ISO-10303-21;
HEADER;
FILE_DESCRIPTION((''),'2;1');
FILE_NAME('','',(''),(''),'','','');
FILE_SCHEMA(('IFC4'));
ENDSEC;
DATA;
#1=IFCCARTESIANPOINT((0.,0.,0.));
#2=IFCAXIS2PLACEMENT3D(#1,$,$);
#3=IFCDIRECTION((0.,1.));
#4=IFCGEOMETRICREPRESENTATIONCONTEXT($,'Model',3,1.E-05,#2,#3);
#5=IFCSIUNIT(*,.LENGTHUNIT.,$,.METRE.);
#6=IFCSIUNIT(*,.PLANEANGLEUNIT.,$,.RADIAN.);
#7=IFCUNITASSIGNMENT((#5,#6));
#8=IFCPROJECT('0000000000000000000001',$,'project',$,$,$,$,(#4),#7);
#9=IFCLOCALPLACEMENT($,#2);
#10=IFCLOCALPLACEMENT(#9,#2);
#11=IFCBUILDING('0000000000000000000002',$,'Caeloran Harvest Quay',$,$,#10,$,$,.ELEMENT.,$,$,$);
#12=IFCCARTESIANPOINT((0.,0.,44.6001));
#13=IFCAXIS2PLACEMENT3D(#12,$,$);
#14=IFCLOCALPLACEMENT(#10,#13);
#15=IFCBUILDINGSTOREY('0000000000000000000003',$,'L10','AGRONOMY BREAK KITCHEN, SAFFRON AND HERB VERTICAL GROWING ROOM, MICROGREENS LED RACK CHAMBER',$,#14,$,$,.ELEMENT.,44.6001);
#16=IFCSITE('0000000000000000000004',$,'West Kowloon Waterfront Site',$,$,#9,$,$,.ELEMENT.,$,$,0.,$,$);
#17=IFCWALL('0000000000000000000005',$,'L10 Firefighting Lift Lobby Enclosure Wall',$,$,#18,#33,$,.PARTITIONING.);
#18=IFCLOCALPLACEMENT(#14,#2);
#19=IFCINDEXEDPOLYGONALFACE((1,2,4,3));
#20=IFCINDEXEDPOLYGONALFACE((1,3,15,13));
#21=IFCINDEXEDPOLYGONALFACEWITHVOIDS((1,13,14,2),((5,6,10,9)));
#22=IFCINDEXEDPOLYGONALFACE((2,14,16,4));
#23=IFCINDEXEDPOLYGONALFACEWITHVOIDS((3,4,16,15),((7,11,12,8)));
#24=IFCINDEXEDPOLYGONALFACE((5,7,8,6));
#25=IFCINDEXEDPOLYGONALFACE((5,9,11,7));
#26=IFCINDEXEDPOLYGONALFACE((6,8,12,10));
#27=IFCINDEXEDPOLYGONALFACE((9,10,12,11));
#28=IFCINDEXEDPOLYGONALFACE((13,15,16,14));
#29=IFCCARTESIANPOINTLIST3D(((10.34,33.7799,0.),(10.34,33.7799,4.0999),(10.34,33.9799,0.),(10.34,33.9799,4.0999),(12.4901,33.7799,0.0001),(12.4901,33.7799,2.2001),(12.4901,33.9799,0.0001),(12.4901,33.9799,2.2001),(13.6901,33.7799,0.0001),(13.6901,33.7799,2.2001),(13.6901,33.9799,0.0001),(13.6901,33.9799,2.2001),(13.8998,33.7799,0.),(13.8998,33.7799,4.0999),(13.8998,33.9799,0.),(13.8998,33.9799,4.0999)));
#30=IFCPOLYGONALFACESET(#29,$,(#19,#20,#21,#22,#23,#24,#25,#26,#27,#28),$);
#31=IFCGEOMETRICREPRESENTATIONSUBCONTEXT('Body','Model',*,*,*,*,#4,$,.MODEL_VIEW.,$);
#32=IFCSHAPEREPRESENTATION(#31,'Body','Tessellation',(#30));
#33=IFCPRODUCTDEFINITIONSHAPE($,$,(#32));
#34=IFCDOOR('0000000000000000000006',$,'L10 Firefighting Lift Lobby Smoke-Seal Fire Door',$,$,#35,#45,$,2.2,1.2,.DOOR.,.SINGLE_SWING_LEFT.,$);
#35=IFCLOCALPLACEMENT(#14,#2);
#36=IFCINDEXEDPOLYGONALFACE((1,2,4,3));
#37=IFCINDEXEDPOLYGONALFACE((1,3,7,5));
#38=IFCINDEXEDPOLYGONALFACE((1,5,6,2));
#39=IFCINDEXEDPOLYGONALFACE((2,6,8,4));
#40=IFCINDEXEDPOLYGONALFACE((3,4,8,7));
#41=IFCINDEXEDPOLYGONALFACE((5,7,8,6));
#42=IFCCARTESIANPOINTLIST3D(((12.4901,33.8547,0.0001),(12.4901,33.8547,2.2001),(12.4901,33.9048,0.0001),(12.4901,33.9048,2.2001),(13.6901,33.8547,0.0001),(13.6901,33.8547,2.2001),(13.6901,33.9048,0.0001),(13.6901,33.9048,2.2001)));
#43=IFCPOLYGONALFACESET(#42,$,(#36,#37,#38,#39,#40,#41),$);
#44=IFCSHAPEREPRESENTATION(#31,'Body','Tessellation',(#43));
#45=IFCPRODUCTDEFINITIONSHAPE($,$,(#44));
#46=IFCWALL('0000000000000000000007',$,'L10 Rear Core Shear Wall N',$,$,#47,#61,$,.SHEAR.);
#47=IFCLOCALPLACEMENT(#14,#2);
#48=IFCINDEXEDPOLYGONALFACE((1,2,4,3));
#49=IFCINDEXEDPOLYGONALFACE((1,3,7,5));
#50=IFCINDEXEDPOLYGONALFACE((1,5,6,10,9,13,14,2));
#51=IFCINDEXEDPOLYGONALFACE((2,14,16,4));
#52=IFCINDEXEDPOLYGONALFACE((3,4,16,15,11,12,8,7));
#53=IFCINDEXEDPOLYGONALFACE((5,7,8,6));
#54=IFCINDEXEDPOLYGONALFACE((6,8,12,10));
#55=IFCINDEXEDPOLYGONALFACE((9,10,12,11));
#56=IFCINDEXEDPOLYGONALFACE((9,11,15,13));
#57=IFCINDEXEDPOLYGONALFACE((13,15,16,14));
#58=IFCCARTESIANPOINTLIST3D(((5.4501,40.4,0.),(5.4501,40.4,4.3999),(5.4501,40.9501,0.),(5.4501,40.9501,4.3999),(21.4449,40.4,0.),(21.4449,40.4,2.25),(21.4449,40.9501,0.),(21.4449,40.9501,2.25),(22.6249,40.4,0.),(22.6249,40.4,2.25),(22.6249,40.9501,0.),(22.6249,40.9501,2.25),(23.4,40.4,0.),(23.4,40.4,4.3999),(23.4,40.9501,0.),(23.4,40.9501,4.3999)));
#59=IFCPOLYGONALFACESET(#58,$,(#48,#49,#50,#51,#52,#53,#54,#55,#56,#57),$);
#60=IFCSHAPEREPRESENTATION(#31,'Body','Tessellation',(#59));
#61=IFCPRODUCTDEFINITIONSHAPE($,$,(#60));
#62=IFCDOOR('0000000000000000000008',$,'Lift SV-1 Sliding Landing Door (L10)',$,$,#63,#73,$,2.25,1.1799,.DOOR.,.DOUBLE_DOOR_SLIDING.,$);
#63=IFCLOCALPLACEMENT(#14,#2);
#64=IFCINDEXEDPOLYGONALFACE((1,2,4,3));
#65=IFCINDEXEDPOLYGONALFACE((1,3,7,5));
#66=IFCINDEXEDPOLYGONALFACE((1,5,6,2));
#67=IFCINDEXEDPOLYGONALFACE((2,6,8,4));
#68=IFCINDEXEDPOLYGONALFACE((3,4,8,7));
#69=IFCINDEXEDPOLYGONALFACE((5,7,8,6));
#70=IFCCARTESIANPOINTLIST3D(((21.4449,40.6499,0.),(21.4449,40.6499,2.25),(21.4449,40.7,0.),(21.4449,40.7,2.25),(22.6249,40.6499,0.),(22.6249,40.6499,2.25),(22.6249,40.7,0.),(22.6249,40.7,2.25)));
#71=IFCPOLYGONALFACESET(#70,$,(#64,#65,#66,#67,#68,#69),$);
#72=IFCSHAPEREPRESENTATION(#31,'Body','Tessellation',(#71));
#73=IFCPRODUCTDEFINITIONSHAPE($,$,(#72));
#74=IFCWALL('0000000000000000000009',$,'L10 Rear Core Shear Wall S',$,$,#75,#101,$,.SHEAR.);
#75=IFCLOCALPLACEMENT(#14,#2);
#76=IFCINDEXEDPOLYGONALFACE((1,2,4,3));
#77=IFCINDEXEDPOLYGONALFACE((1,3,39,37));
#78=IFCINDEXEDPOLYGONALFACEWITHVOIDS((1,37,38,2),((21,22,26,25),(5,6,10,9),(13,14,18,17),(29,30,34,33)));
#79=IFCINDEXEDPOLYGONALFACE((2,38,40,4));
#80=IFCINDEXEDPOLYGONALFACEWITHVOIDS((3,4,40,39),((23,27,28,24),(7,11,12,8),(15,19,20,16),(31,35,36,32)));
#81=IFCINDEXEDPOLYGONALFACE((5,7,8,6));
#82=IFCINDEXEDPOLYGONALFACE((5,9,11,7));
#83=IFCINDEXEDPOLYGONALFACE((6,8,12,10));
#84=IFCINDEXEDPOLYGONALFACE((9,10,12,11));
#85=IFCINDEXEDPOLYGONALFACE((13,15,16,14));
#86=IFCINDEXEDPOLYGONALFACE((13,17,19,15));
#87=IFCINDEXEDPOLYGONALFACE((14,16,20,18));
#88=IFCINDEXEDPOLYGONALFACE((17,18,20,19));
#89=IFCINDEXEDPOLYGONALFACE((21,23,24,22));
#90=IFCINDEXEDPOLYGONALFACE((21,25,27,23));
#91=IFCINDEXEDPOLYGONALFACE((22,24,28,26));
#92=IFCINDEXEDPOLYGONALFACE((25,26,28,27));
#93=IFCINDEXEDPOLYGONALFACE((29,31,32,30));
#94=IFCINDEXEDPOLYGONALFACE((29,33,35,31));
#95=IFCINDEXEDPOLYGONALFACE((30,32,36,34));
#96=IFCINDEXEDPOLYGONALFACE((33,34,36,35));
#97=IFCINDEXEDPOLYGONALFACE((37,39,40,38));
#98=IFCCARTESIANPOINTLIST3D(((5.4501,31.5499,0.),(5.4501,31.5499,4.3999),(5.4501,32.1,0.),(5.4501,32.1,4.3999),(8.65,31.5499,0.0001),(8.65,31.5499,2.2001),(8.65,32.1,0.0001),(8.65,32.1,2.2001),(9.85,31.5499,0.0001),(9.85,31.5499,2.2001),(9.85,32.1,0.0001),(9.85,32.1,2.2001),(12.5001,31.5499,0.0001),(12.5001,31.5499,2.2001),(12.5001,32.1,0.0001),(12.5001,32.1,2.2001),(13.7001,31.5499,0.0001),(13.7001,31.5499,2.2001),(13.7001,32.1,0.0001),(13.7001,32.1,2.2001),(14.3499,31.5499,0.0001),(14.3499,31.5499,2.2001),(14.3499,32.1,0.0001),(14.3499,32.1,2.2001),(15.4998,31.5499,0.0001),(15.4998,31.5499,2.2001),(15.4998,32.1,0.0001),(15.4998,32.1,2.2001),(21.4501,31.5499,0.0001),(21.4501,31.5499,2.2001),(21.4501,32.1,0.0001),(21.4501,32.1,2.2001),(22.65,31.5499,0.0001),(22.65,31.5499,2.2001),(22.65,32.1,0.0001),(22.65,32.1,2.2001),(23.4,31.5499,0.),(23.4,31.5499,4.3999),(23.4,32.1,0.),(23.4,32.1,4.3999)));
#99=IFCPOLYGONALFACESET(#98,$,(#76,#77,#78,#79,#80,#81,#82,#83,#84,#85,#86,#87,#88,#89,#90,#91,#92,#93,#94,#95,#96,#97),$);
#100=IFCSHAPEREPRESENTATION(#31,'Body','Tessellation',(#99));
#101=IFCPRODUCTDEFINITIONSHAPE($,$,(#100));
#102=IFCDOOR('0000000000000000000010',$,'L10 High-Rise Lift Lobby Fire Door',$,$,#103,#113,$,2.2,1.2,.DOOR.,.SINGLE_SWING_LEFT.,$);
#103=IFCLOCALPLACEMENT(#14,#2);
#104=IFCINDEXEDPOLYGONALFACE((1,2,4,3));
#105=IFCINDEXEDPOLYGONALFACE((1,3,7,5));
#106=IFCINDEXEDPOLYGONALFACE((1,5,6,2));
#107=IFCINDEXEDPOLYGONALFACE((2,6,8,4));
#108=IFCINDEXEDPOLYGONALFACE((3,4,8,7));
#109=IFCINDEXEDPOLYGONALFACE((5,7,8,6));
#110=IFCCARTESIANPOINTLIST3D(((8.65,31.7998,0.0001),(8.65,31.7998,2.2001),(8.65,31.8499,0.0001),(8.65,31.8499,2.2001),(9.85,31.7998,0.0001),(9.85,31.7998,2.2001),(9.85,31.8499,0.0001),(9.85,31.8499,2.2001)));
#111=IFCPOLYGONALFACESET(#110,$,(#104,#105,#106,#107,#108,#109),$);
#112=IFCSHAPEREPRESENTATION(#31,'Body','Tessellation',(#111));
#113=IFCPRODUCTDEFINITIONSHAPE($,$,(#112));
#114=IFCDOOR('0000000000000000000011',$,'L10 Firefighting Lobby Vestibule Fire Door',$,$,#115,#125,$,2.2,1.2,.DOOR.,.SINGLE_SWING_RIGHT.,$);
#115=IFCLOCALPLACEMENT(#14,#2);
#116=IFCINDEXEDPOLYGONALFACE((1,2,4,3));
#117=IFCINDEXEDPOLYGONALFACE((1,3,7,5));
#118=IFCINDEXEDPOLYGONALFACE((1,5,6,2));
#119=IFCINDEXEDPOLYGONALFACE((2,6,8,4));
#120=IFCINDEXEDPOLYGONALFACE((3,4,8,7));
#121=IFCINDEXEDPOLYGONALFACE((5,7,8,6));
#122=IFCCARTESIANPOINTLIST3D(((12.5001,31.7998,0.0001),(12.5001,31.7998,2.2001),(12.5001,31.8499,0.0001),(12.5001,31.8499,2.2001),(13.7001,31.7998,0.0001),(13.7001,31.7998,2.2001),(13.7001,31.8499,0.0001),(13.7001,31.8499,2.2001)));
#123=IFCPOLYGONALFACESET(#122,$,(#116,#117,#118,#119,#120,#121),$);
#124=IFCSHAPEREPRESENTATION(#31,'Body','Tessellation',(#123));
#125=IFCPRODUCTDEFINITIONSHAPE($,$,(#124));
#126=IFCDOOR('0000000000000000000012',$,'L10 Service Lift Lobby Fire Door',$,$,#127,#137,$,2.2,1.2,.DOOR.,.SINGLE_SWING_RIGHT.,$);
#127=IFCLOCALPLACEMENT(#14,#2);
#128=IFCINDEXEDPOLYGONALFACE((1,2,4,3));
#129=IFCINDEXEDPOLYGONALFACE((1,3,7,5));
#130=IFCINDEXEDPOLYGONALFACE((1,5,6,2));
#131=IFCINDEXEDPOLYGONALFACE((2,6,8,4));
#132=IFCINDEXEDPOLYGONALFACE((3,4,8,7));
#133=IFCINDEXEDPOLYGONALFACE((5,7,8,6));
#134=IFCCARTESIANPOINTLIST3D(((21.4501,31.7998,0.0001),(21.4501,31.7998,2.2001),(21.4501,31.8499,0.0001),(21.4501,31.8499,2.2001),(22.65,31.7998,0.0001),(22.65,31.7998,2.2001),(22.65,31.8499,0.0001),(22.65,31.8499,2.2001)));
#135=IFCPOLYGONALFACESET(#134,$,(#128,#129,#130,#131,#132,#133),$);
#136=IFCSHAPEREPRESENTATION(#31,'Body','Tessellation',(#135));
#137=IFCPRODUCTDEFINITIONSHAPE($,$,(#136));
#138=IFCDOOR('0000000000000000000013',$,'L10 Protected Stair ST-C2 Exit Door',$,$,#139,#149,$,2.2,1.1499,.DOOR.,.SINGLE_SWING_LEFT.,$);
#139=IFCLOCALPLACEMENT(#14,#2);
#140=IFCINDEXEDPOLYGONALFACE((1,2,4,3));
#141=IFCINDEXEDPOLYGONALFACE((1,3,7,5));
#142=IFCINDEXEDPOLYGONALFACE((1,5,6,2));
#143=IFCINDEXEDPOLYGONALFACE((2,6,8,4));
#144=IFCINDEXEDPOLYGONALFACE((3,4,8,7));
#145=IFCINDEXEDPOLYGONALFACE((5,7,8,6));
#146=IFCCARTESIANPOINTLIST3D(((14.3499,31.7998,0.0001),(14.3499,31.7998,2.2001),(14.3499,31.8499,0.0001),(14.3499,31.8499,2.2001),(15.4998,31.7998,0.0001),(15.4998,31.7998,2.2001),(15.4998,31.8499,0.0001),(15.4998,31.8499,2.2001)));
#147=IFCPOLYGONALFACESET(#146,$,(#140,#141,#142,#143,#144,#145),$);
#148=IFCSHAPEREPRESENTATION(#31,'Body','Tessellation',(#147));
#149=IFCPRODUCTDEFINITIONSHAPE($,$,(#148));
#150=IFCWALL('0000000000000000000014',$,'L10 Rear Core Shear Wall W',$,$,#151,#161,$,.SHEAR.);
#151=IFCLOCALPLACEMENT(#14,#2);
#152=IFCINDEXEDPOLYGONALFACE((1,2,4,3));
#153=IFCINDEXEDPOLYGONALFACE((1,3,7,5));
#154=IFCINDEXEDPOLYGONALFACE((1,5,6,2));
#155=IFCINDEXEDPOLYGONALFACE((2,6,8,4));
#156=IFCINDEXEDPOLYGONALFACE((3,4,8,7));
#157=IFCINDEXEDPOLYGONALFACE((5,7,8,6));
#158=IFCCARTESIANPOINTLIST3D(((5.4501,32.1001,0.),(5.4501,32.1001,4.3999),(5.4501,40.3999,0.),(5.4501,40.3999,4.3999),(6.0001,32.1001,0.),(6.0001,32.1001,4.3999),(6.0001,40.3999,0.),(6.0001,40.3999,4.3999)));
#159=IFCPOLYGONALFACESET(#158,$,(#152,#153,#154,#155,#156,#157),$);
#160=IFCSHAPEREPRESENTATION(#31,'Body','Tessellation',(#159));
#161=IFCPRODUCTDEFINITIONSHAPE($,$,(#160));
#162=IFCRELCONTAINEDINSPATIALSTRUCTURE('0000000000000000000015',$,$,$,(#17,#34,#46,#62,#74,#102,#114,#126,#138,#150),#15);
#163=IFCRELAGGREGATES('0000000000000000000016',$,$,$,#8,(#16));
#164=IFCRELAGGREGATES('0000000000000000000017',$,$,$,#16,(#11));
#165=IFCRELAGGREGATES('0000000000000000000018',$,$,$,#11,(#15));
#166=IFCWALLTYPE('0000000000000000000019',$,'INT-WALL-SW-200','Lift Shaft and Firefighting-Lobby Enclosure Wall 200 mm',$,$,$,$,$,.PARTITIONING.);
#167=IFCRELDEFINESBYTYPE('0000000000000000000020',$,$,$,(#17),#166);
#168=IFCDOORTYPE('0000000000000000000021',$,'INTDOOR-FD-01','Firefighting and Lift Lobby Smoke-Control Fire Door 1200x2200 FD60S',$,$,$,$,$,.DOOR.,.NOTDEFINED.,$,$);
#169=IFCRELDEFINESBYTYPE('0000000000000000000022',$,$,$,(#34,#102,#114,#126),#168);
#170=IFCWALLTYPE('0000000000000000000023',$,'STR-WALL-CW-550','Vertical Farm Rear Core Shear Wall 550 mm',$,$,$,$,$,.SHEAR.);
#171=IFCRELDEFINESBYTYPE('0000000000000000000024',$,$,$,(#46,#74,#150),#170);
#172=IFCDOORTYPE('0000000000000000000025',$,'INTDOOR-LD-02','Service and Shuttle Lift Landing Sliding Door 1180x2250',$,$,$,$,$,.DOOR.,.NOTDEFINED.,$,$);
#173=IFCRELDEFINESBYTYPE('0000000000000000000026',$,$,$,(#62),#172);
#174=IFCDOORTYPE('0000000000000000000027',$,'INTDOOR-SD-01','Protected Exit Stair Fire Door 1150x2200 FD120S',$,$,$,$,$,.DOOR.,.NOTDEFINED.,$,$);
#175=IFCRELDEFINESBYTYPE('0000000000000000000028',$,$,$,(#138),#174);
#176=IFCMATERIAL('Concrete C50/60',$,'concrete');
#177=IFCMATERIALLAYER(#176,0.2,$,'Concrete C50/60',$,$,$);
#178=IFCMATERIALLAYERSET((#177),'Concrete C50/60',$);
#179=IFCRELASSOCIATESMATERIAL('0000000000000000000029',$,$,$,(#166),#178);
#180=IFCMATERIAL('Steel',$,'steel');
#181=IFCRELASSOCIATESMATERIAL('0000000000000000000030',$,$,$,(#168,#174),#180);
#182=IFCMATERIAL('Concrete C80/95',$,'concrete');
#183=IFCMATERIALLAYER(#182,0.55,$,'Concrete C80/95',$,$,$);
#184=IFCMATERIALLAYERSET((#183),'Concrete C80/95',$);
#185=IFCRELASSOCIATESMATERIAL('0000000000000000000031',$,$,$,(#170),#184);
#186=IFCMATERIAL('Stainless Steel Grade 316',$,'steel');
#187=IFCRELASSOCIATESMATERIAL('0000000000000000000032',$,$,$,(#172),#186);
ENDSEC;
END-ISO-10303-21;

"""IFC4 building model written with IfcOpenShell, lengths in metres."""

from ifc_helpers import new_model, si_unit, direction, frame, frame_2d, origin, place, context, subcontext, project, spatial, rectangle, extrude, material, layer, layer_set, type_object, element, fill, save


model = new_model("IFC4")

# Units and contexts
model_context = context("Model", 3, precision=1e-05, world=origin(), true_north=direction((0.0, 1.0)))
body_context = subcontext(model_context, "Body", "Model", "MODEL_VIEW")
ifc_project = project(units=[si_unit("LENGTHUNIT", "METRE"), si_unit("PLANEANGLEUNIT", "RADIAN")], contexts=[model_context])

# Site, building, storey
site_placement = place(None, origin())
site = spatial("IfcSite", under=ifc_project, at=site_placement, Name="West Kowloon Waterfront Site", CompositionType="ELEMENT", RefElevation=0.0)
building_placement = place(site_placement, origin())
building = spatial("IfcBuilding", under=site, at=building_placement, Name="Caeloran Harvest Quay", CompositionType="ELEMENT")
storey_placement = place(building_placement, frame((0.0, 0.0, 44.6001)))
storey = spatial("IfcBuildingStorey", under=building, at=storey_placement, Name="L10", Description="AGRONOMY BREAK KITCHEN, SAFFRON AND HERB VERTICAL GROWING ROOM, MICROGREENS LED RACK CHAMBER", CompositionType="ELEMENT", Elevation=44.6001)

# Shared definitions
ifc_material_1 = material(Name="Concrete C80/95", Category="concrete")

# Shared definitions
ifc_material_2 = material(Name="Concrete C50/60", Category="concrete")
ifc_layer_1 = layer(ifc_material_2, 0.2, Name="Concrete C50/60")
ifc_layer_set_1 = layer_set([ifc_layer_1], Name="Concrete C50/60")
wall_type_1 = type_object("IfcWallType", Name="INT-WALL-SW-200", Description="Lift Shaft and Firefighting-Lobby Enclosure Wall 200 mm", PredefinedType="PARTITIONING", material=ifc_layer_set_1)

# Shared definitions
ifc_material_3 = material(Name="Stainless Steel Grade 316", Category="steel")

# Walls, openings, doors
wall_1_placement = place(storey_placement, frame((10.3401, 33.8799, 0.0), z_axis=(0.0, 0.0, 1.0), x_axis=(1.0, 0.0, 0.0)))
wall_1 = element("IfcWall", 1, at=wall_1_placement, inside=storey, type_object=wall_type_1, Name="L10 Firefighting Lift Lobby Enclosure Wall", PredefinedType="PARTITIONING", context=body_context, shape_type="SweptSolid", body=[
    extrude(rectangle(XDim=3.5598, YDim=0.2, at=frame_2d((1.7798, 0.0))), origin(), (0.0, 0.0, 1.0), 4.0999),
])
opening_1_placement = place(wall_1_placement, frame((2.1499, 0.0, 0.0)))
opening_1 = element("IfcOpeningElement", 2, at=opening_1_placement, cuts=wall_1, PredefinedType="OPENING", context=body_context, shape_type="SweptSolid", body=[
    extrude(rectangle(XDim=1.2, YDim=2.2, at=frame_2d((0.6001, 1.1001))), frame((0.0, 0.1099, 0.0), z_axis=(0.0, -1.0, 0.0), x_axis=(1.0, 0.0, 0.0)), (0.0, 0.0, 1.0), 0.22),
])
ifc_material_4 = material(Name="Steel", Category="steel")
door_type_1 = type_object("IfcDoorType", Name="INTDOOR-FD-01", Description="Firefighting and Lift Lobby Smoke-Control Fire Door 1200x2200 FD60S", OperationType="NOTDEFINED", PredefinedType="DOOR", material=ifc_material_4)
door_1_placement = place(opening_1_placement, origin())
door_1 = element("IfcDoor", 3, at=door_1_placement, inside=storey, type_object=door_type_1, Name="L10 Firefighting Lift Lobby Smoke-Seal Fire Door", OperationType="SINGLE_SWING_LEFT", OverallHeight=2.2, OverallWidth=1.2, PredefinedType="DOOR", context=body_context, shape_type="SweptSolid", body=[
    extrude(rectangle(XDim=1.2, YDim=2.2, at=frame_2d((0.6001, 1.1001))), frame((0.0, 0.0249, 0.0), z_axis=(0.0, -1.0, 0.0), x_axis=(1.0, 0.0, 0.0)), (0.0, 0.0, 1.0), 0.05),
])
fill(opening_1, door_1)
ifc_layer_2 = layer(ifc_material_1, 0.55, Name="Concrete C80/95")
ifc_layer_set_2 = layer_set([ifc_layer_2], Name="Concrete C80/95")
wall_type_2 = type_object("IfcWallType", Name="STR-WALL-CW-550", Description="Vertical Farm Rear Core Shear Wall 550 mm", PredefinedType="SHEAR", material=ifc_layer_set_2)
wall_2_placement = place(storey_placement, frame((5.45, 40.675, 0.0), z_axis=(0.0, 0.0, 1.0), x_axis=(1.0, 0.0, 0.0)))
wall_2 = element("IfcWall", 4, at=wall_2_placement, inside=storey, type_object=wall_type_2, Name="L10 Rear Core Shear Wall N", PredefinedType="SHEAR", context=body_context, shape_type="SweptSolid", body=[
    extrude(rectangle(XDim=17.95, YDim=0.55, at=frame_2d((8.9751, 0.0))), origin(), (0.0, 0.0, 1.0), 4.3999),
])
opening_2_placement = place(wall_2_placement, frame((15.9951, 0.0, 0.0)))
opening_2 = element("IfcOpeningElement", 5, at=opening_2_placement, cuts=wall_2, PredefinedType="OPENING", context=body_context, shape_type="SweptSolid", body=[
    extrude(rectangle(XDim=1.1799, YDim=2.25, at=frame_2d((0.5898, 1.125))), frame((0.0, 0.2852, 0.0), z_axis=(0.0, -1.0, 0.0), x_axis=(1.0, 0.0, 0.0)), (0.0, 0.0, 1.0), 0.5701),
])
door_type_2 = type_object("IfcDoorType", Name="INTDOOR-LD-02", Description="Service and Shuttle Lift Landing Sliding Door 1180x2250", OperationType="NOTDEFINED", PredefinedType="DOOR", material=ifc_material_3)
door_2_placement = place(opening_2_placement, origin())
door_2 = element("IfcDoor", 6, at=door_2_placement, inside=storey, type_object=door_type_2, Name="Lift SV-1 Sliding Landing Door (L10)", OperationType="DOUBLE_DOOR_SLIDING", OverallHeight=2.25, OverallWidth=1.1799, PredefinedType="DOOR", context=body_context, shape_type="SweptSolid", body=[
    extrude(rectangle(XDim=1.1799, YDim=2.25, at=frame_2d((0.5898, 1.125))), frame((0.0, 0.0249, 0.0), z_axis=(0.0, -1.0, 0.0), x_axis=(1.0, 0.0, 0.0)), (0.0, 0.0, 1.0), 0.05),
])
fill(opening_2, door_2)

# Wall, openings, doors
wall_3_placement = place(storey_placement, frame((5.45, 31.825, 0.0), z_axis=(0.0, 0.0, 1.0), x_axis=(1.0, 0.0, 0.0)))
wall_3 = element("IfcWall", 7, at=wall_3_placement, inside=storey, type_object=wall_type_2, Name="L10 Rear Core Shear Wall S", PredefinedType="SHEAR", context=body_context, shape_type="SweptSolid", body=[
    extrude(rectangle(XDim=17.95, YDim=0.55, at=frame_2d((8.9751, 0.0))), origin(), (0.0, 0.0, 1.0), 4.3999),
])
opening_3_placement = place(wall_3_placement, frame((3.2, 0.0, 0.0)))
opening_3 = element("IfcOpeningElement", 8, at=opening_3_placement, cuts=wall_3, PredefinedType="OPENING", context=body_context, shape_type="SweptSolid", body=[
    extrude(rectangle(XDim=1.2, YDim=2.2, at=frame_2d((0.6001, 1.1001))), frame((0.0, 0.2852, 0.0), z_axis=(0.0, -1.0, 0.0), x_axis=(1.0, 0.0, 0.0)), (0.0, 0.0, 1.0), 0.5701),
])
opening_4_placement = place(wall_3_placement, frame((7.05, 0.0, 0.0)))
opening_4 = element("IfcOpeningElement", 9, at=opening_4_placement, cuts=wall_3, PredefinedType="OPENING", context=body_context, shape_type="SweptSolid", body=[
    extrude(rectangle(XDim=1.2, YDim=2.2, at=frame_2d((0.6001, 1.1001))), frame((0.0, 0.2852, 0.0), z_axis=(0.0, -1.0, 0.0), x_axis=(1.0, 0.0, 0.0)), (0.0, 0.0, 1.0), 0.5701),
])
opening_5_placement = place(wall_3_placement, frame((8.8999, 0.0, 0.0)))
opening_5 = element("IfcOpeningElement", 10, at=opening_5_placement, cuts=wall_3, PredefinedType="OPENING", context=body_context, shape_type="SweptSolid", body=[
    extrude(rectangle(XDim=1.1499, YDim=2.2, at=frame_2d((0.575, 1.1001))), frame((0.0, 0.2852, 0.0), z_axis=(0.0, -1.0, 0.0), x_axis=(1.0, 0.0, 0.0)), (0.0, 0.0, 1.0), 0.5701),
])
opening_6_placement = place(wall_3_placement, frame((16.0, 0.0, 0.0)))
opening_6 = element("IfcOpeningElement", 11, at=opening_6_placement, cuts=wall_3, PredefinedType="OPENING", context=body_context, shape_type="SweptSolid", body=[
    extrude(rectangle(XDim=1.2, YDim=2.2, at=frame_2d((0.6001, 1.1001))), frame((0.0, 0.2852, 0.0), z_axis=(0.0, -1.0, 0.0), x_axis=(1.0, 0.0, 0.0)), (0.0, 0.0, 1.0), 0.5701),
])
door_3_placement = place(opening_3_placement, origin())
door_3 = element("IfcDoor", 12, at=door_3_placement, inside=storey, type_object=door_type_1, Name="L10 High-Rise Lift Lobby Fire Door", OperationType="SINGLE_SWING_LEFT", OverallHeight=2.2, OverallWidth=1.2, PredefinedType="DOOR", context=body_context, shape_type="SweptSolid", body=[
    extrude(rectangle(XDim=1.2, YDim=2.2, at=frame_2d((0.6001, 1.1001))), frame((0.0, 0.0249, 0.0), z_axis=(0.0, -1.0, 0.0), x_axis=(1.0, 0.0, 0.0)), (0.0, 0.0, 1.0), 0.05),
])
fill(opening_3, door_3)
door_4_placement = place(opening_4_placement, origin())
door_4 = element("IfcDoor", 13, at=door_4_placement, inside=storey, type_object=door_type_1, Name="L10 Firefighting Lobby Vestibule Fire Door", OperationType="SINGLE_SWING_RIGHT", OverallHeight=2.2, OverallWidth=1.2, PredefinedType="DOOR", context=body_context, shape_type="SweptSolid", body=[
    extrude(rectangle(XDim=1.2, YDim=2.2, at=frame_2d((0.6001, 1.1001))), frame((0.0, 0.0249, 0.0), z_axis=(0.0, -1.0, 0.0), x_axis=(1.0, 0.0, 0.0)), (0.0, 0.0, 1.0), 0.05),
])
fill(opening_4, door_4)
door_5_placement = place(opening_6_placement, origin())
door_5 = element("IfcDoor", 14, at=door_5_placement, inside=storey, type_object=door_type_1, Name="L10 Service Lift Lobby Fire Door", OperationType="SINGLE_SWING_RIGHT", OverallHeight=2.2, OverallWidth=1.2, PredefinedType="DOOR", context=body_context, shape_type="SweptSolid", body=[
    extrude(rectangle(XDim=1.2, YDim=2.2, at=frame_2d((0.6001, 1.1001))), frame((0.0, 0.0249, 0.0), z_axis=(0.0, -1.0, 0.0), x_axis=(1.0, 0.0, 0.0)), (0.0, 0.0, 1.0), 0.05),
])
fill(opening_6, door_5)
door_type_3 = type_object("IfcDoorType", Name="INTDOOR-SD-01", Description="Protected Exit Stair Fire Door 1150x2200 FD120S", OperationType="NOTDEFINED", PredefinedType="DOOR", material=ifc_material_4)
door_6_placement = place(opening_5_placement, origin())
door_6 = element("IfcDoor", 15, at=door_6_placement, inside=storey, type_object=door_type_3, Name="L10 Protected Stair ST-C2 Exit Door", OperationType="SINGLE_SWING_LEFT", OverallHeight=2.2, OverallWidth=1.1499, PredefinedType="DOOR", context=body_context, shape_type="SweptSolid", body=[
    extrude(rectangle(XDim=1.1499, YDim=2.2, at=frame_2d((0.575, 1.1001))), frame((0.0, 0.0249, 0.0), z_axis=(0.0, -1.0, 0.0), x_axis=(1.0, 0.0, 0.0)), (0.0, 0.0, 1.0), 0.05),
])
fill(opening_5, door_6)

# Wall
wall_4_placement = place(storey_placement, frame((5.7251, 32.1001, 0.0), z_axis=(0.0, 0.0, 1.0), x_axis=(0.0, 1.0, 0.0)))
element("IfcWall", 16, at=wall_4_placement, inside=storey, type_object=wall_type_2, Name="L10 Rear Core Shear Wall W", PredefinedType="SHEAR", context=body_context, shape_type="SweptSolid", body=[
    extrude(rectangle(XDim=8.2998, YDim=0.55, at=frame_2d((4.1499, 0.0))), origin(), (0.0, 0.0, 1.0), 4.3999),
])

save(model, "model.ifc")
